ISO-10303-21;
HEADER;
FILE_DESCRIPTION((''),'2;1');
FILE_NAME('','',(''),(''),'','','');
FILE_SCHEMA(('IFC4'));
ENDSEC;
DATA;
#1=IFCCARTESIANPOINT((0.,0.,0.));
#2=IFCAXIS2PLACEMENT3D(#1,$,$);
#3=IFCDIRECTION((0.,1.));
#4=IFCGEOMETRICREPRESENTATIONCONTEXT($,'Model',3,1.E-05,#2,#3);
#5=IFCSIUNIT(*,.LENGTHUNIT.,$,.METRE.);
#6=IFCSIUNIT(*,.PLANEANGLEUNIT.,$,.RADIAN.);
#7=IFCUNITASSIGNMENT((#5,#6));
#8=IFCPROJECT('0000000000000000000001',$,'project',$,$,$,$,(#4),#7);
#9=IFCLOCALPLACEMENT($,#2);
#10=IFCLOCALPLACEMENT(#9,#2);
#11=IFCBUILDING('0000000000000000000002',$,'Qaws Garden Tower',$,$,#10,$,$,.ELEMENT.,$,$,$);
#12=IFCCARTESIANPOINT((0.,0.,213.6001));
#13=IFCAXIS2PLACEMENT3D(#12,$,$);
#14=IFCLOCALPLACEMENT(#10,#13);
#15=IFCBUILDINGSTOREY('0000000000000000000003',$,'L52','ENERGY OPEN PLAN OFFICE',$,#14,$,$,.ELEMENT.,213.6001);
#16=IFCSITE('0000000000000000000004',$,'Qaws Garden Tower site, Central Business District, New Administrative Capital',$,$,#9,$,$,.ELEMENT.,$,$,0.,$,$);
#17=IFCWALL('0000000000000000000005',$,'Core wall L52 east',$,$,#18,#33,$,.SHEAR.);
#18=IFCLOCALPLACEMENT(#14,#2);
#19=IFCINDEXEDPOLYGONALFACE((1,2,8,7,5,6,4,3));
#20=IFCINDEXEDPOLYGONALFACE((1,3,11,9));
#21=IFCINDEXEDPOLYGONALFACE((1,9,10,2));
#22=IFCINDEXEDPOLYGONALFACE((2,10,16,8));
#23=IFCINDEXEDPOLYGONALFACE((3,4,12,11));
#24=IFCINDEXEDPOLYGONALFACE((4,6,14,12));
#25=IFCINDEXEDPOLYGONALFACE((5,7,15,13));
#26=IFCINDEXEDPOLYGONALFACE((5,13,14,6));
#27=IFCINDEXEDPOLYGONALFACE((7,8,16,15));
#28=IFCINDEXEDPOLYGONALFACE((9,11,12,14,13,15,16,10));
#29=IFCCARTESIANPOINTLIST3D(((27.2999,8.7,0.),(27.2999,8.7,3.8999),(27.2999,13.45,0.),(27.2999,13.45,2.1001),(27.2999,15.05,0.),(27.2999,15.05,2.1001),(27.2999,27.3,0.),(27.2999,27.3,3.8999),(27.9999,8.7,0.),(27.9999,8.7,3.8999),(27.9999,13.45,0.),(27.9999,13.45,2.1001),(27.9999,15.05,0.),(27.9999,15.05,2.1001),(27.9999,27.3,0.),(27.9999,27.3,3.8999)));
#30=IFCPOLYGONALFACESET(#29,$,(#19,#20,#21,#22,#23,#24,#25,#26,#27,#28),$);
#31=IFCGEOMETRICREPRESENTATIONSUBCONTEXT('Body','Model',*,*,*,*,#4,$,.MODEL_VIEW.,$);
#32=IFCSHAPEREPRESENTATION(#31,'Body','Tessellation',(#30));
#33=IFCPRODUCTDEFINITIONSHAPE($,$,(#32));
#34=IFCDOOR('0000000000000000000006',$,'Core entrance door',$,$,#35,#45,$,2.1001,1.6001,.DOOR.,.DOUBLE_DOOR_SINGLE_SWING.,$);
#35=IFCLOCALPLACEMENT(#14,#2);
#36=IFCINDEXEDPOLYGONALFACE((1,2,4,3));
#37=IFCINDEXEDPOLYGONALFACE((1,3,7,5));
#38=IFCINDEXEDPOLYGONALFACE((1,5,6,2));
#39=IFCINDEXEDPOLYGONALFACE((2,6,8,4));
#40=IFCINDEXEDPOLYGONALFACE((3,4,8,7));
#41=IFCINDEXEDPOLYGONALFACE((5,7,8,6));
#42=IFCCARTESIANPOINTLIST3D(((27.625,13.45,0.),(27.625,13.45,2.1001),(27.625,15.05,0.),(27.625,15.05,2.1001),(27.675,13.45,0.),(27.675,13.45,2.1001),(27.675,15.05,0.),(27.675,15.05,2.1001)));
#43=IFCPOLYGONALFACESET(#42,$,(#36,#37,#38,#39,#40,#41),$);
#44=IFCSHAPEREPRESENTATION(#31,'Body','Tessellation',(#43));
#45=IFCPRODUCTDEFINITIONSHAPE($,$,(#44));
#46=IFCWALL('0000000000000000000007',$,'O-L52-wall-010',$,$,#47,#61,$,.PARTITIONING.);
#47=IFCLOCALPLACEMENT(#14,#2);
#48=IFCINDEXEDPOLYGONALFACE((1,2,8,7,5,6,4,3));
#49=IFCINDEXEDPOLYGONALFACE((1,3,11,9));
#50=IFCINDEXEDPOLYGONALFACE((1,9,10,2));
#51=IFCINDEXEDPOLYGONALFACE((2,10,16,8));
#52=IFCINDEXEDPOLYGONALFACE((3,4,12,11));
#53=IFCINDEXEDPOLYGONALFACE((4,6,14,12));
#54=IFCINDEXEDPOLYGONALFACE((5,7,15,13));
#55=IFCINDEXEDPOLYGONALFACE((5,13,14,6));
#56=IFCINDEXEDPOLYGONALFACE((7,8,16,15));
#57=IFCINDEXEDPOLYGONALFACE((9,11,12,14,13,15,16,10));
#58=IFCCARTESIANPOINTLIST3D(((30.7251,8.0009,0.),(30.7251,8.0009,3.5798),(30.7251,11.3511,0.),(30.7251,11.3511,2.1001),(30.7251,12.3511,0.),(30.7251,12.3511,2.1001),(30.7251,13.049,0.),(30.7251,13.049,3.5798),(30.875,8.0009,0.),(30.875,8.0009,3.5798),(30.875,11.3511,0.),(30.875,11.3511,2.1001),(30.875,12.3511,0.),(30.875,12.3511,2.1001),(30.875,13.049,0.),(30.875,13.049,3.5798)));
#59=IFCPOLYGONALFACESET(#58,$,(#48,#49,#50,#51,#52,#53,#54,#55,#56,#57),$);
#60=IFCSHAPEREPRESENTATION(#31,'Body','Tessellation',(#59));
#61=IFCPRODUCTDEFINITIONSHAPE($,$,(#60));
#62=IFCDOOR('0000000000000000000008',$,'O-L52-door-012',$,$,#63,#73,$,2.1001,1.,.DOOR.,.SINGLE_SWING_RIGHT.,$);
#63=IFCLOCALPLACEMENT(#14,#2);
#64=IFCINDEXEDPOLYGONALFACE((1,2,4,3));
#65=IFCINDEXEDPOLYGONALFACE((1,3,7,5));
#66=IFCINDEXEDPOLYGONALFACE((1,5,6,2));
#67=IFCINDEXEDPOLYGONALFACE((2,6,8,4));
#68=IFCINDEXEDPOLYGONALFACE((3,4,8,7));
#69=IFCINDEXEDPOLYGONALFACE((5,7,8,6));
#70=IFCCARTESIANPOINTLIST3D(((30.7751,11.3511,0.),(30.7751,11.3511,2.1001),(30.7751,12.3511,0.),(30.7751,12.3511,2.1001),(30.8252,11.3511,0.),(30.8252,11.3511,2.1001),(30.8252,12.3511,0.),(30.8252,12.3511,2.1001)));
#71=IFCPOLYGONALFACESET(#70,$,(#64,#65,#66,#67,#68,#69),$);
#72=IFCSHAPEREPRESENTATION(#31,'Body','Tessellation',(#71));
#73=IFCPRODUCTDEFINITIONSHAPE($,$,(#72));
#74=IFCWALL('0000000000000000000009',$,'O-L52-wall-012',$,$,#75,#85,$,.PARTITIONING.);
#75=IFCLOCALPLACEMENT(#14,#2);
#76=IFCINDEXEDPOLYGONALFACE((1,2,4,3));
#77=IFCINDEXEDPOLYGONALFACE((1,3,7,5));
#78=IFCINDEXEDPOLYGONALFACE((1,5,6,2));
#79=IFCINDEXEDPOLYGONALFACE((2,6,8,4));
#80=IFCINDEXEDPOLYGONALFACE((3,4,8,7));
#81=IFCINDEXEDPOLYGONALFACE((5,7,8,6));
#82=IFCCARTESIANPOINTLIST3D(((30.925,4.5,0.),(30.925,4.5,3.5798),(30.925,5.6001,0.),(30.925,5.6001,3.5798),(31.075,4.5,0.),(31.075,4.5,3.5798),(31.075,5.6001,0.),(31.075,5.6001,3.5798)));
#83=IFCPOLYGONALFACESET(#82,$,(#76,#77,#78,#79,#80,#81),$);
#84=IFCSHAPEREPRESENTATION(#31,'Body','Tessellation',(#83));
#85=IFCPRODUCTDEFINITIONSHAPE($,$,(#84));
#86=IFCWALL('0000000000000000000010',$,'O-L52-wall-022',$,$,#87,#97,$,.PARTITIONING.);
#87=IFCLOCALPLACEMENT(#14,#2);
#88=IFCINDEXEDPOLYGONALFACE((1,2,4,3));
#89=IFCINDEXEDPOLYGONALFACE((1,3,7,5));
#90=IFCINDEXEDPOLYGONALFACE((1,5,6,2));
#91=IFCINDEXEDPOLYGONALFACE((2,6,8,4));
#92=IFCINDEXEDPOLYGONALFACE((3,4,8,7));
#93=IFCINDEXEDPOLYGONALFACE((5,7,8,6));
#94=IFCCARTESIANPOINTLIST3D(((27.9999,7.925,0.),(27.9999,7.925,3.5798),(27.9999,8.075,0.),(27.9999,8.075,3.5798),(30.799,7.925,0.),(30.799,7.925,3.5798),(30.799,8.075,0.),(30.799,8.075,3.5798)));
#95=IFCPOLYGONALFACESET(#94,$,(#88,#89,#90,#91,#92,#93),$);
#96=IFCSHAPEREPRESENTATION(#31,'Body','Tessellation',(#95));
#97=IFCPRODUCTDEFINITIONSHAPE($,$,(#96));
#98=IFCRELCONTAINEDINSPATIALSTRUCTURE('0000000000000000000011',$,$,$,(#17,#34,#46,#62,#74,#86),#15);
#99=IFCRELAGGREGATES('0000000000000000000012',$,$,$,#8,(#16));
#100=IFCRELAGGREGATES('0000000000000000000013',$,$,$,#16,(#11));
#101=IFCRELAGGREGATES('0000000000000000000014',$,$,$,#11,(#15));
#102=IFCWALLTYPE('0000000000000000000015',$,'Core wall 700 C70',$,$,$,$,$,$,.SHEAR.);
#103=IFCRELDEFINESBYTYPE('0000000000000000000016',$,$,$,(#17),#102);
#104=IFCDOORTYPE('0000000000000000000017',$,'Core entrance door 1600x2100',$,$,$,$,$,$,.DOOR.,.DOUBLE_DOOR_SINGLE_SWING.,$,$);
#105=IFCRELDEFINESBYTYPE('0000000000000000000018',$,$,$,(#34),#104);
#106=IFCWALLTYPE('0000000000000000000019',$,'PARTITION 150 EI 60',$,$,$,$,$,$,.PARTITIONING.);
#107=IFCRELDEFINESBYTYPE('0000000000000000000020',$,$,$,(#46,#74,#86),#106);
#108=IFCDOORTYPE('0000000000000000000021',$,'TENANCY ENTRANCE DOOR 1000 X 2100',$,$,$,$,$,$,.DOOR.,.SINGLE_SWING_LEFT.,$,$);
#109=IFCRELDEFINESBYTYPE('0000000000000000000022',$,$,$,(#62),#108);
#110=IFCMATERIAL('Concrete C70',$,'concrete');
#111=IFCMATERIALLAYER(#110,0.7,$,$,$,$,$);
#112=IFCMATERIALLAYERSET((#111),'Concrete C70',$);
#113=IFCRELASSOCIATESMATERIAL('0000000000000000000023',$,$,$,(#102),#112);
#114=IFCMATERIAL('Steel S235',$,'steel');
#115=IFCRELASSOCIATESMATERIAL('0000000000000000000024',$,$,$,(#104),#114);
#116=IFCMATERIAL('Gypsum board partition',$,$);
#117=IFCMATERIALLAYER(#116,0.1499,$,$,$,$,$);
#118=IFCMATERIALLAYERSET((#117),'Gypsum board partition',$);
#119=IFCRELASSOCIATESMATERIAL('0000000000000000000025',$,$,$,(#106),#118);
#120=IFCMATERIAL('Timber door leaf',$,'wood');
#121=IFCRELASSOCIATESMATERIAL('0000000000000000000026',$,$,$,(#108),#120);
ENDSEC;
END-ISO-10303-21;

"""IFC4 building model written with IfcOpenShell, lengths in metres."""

from ifc_helpers import new_model, si_unit, direction, frame, frame_2d, origin, place, context, subcontext, project, spatial, rectangle, extrude, material, layer, layer_set, type_object, element, fill, save


model = new_model("IFC4")

# Units and contexts
model_context = context("Model", 3, precision=1e-05, world=origin(), true_north=direction((0.0, 1.0)))
body_context = subcontext(model_context, "Body", "Model", "MODEL_VIEW")
ifc_project = project(units=[si_unit("LENGTHUNIT", "METRE"), si_unit("PLANEANGLEUNIT", "RADIAN")], contexts=[model_context])

# Site, building, storey
site_placement = place(None, origin())
site = spatial("IfcSite", under=ifc_project, at=site_placement, Name="Qaws Garden Tower site, Central Business District, New Administrative Capital", CompositionType="ELEMENT", RefElevation=0.0)
building_placement = place(site_placement, origin())
building = spatial("IfcBuilding", under=site, at=building_placement, Name="Qaws Garden Tower", CompositionType="ELEMENT")
storey_placement = place(building_placement, frame((0.0, 0.0, 213.6001)))
storey = spatial("IfcBuildingStorey", under=building, at=storey_placement, Name="L52", Description="ENERGY OPEN PLAN OFFICE", CompositionType="ELEMENT", Elevation=213.6001)

# Walls, openings, doors
ifc_material_1 = material(Name="Concrete C70", Category="concrete")
ifc_layer_1 = layer(ifc_material_1, 0.7)
ifc_layer_set_1 = layer_set([ifc_layer_1], Name="Concrete C70")
wall_type_1 = type_object("IfcWallType", Name="Core wall 700 C70", PredefinedType="SHEAR", material=ifc_layer_set_1)
wall_1_placement = place(storey_placement, frame((27.6499, 8.7, 0.0), z_axis=(0.0, 0.0, 1.0), x_axis=(0.0, 1.0, 0.0)))
wall_1 = element("IfcWall", 1, at=wall_1_placement, inside=storey, type_object=wall_type_1, Name="Core wall L52 east", PredefinedType="SHEAR", context=body_context, shape_type="SweptSolid", body=[
    extrude(rectangle(XDim=18.6001, YDim=0.7, at=frame_2d((9.3, 0.0))), origin(), (0.0, 0.0, 1.0), 3.8999),
])
opening_1_placement = place(wall_1_placement, frame((4.75, 0.0, 0.0)))
opening_1 = element("IfcOpeningElement", 2, at=opening_1_placement, cuts=wall_1, PredefinedType="OPENING", context=body_context, shape_type="SweptSolid", body=[
    extrude(rectangle(XDim=1.6001, YDim=2.1001, at=frame_2d((0.8, 1.05))), frame((0.0, 0.3599, 0.0), z_axis=(0.0, -1.0, 0.0), x_axis=(1.0, 0.0, 0.0)), (0.0, 0.0, 1.0), 0.72),
])
ifc_material_2 = material(Name="Steel S235", Category="steel")
door_type_1 = type_object("IfcDoorType", Name="Core entrance door 1600x2100", OperationType="DOUBLE_DOOR_SINGLE_SWING", PredefinedType="DOOR", material=ifc_material_2)
door_1_placement = place(opening_1_placement, origin())
door_1 = element("IfcDoor", 3, at=door_1_placement, inside=storey, type_object=door_type_1, Name="Core entrance door", OperationType="DOUBLE_DOOR_SINGLE_SWING", OverallHeight=2.1001, OverallWidth=1.6001, PredefinedType="DOOR", context=body_context, shape_type="SweptSolid", body=[
    extrude(rectangle(XDim=1.6001, YDim=2.1001, at=frame_2d((0.8, 1.05))), frame((0.0, 0.0249, 0.0), z_axis=(0.0, -1.0, 0.0), x_axis=(1.0, 0.0, 0.0)), (0.0, 0.0, 1.0), 0.05),
])
fill(opening_1, door_1)
ifc_material_3 = material(Name="Gypsum board partition")
ifc_layer_2 = layer(ifc_material_3, 0.1499)
ifc_layer_set_2 = layer_set([ifc_layer_2], Name="Gypsum board partition")
wall_type_2 = type_object("IfcWallType", Name="PARTITION 150 EI 60", PredefinedType="PARTITIONING", material=ifc_layer_set_2)
wall_2_placement = place(storey_placement, frame((30.8, 8.001, 0.0), z_axis=(0.0, 0.0, 1.0), x_axis=(0.0, 1.0, 0.0)))
wall_2 = element("IfcWall", 4, at=wall_2_placement, inside=storey, type_object=wall_type_2, Name="O-L52-wall-010", PredefinedType="PARTITIONING", context=body_context, shape_type="SweptSolid", body=[
    extrude(rectangle(XDim=5.0481, YDim=0.1499, at=frame_2d((2.5239, 0.0))), origin(), (0.0, 0.0, 1.0), 3.5798),
])
opening_2_placement = place(wall_2_placement, frame((3.3501, 0.0, 0.0)))
opening_2 = element("IfcOpeningElement", 5, at=opening_2_placement, cuts=wall_2, PredefinedType="OPENING", context=body_context, shape_type="SweptSolid", body=[
    extrude(rectangle(XDim=1.0, YDim=2.1001, at=frame_2d((0.5, 1.05))), frame((0.0, 0.085, 0.0), z_axis=(0.0, -1.0, 0.0), x_axis=(1.0, 0.0, 0.0)), (0.0, 0.0, 1.0), 0.1699),
])
ifc_material_4 = material(Name="Timber door leaf", Category="wood")
door_type_2 = type_object("IfcDoorType", Name="TENANCY ENTRANCE DOOR 1000 X 2100", OperationType="SINGLE_SWING_LEFT", PredefinedType="DOOR", material=ifc_material_4)
door_2_placement = place(opening_2_placement, origin())
door_2 = element("IfcDoor", 6, at=door_2_placement, inside=storey, type_object=door_type_2, Name="O-L52-door-012", OperationType="SINGLE_SWING_RIGHT", OverallHeight=2.1001, OverallWidth=1.0, PredefinedType="DOOR", context=body_context, shape_type="SweptSolid", body=[
    extrude(rectangle(XDim=1.0, YDim=2.1001, at=frame_2d((0.5, 1.05))), frame((0.0, 0.0249, 0.0), z_axis=(0.0, -1.0, 0.0), x_axis=(1.0, 0.0, 0.0)), (0.0, 0.0, 1.0), 0.05),
])
fill(opening_2, door_2)

# Walls
wall_3_placement = place(storey_placement, frame((31.0, 4.5, 0.0), z_axis=(0.0, 0.0, 1.0), x_axis=(0.0, 1.0, 0.0)))
element("IfcWall", 7, at=wall_3_placement, inside=storey, type_object=wall_type_2, Name="O-L52-wall-012", PredefinedType="PARTITIONING", context=body_context, shape_type="SweptSolid", body=[
    extrude(rectangle(XDim=1.1001, YDim=0.1499, at=frame_2d((0.55, 0.0))), origin(), (0.0, 0.0, 1.0), 3.5798),
])
wall_4_placement = place(storey_placement, frame((28.0, 8.0, 0.0), z_axis=(0.0, 0.0, 1.0), x_axis=(1.0, 0.0, 0.0)))
element("IfcWall", 8, at=wall_4_placement, inside=storey, type_object=wall_type_2, Name="O-L52-wall-022", PredefinedType="PARTITIONING", context=body_context, shape_type="SweptSolid", body=[
    extrude(rectangle(XDim=2.7991, YDim=0.1499, at=frame_2d((1.3994, 0.0))), origin(), (0.0, 0.0, 1.0), 3.5798),
])

save(model, "model.ifc")
